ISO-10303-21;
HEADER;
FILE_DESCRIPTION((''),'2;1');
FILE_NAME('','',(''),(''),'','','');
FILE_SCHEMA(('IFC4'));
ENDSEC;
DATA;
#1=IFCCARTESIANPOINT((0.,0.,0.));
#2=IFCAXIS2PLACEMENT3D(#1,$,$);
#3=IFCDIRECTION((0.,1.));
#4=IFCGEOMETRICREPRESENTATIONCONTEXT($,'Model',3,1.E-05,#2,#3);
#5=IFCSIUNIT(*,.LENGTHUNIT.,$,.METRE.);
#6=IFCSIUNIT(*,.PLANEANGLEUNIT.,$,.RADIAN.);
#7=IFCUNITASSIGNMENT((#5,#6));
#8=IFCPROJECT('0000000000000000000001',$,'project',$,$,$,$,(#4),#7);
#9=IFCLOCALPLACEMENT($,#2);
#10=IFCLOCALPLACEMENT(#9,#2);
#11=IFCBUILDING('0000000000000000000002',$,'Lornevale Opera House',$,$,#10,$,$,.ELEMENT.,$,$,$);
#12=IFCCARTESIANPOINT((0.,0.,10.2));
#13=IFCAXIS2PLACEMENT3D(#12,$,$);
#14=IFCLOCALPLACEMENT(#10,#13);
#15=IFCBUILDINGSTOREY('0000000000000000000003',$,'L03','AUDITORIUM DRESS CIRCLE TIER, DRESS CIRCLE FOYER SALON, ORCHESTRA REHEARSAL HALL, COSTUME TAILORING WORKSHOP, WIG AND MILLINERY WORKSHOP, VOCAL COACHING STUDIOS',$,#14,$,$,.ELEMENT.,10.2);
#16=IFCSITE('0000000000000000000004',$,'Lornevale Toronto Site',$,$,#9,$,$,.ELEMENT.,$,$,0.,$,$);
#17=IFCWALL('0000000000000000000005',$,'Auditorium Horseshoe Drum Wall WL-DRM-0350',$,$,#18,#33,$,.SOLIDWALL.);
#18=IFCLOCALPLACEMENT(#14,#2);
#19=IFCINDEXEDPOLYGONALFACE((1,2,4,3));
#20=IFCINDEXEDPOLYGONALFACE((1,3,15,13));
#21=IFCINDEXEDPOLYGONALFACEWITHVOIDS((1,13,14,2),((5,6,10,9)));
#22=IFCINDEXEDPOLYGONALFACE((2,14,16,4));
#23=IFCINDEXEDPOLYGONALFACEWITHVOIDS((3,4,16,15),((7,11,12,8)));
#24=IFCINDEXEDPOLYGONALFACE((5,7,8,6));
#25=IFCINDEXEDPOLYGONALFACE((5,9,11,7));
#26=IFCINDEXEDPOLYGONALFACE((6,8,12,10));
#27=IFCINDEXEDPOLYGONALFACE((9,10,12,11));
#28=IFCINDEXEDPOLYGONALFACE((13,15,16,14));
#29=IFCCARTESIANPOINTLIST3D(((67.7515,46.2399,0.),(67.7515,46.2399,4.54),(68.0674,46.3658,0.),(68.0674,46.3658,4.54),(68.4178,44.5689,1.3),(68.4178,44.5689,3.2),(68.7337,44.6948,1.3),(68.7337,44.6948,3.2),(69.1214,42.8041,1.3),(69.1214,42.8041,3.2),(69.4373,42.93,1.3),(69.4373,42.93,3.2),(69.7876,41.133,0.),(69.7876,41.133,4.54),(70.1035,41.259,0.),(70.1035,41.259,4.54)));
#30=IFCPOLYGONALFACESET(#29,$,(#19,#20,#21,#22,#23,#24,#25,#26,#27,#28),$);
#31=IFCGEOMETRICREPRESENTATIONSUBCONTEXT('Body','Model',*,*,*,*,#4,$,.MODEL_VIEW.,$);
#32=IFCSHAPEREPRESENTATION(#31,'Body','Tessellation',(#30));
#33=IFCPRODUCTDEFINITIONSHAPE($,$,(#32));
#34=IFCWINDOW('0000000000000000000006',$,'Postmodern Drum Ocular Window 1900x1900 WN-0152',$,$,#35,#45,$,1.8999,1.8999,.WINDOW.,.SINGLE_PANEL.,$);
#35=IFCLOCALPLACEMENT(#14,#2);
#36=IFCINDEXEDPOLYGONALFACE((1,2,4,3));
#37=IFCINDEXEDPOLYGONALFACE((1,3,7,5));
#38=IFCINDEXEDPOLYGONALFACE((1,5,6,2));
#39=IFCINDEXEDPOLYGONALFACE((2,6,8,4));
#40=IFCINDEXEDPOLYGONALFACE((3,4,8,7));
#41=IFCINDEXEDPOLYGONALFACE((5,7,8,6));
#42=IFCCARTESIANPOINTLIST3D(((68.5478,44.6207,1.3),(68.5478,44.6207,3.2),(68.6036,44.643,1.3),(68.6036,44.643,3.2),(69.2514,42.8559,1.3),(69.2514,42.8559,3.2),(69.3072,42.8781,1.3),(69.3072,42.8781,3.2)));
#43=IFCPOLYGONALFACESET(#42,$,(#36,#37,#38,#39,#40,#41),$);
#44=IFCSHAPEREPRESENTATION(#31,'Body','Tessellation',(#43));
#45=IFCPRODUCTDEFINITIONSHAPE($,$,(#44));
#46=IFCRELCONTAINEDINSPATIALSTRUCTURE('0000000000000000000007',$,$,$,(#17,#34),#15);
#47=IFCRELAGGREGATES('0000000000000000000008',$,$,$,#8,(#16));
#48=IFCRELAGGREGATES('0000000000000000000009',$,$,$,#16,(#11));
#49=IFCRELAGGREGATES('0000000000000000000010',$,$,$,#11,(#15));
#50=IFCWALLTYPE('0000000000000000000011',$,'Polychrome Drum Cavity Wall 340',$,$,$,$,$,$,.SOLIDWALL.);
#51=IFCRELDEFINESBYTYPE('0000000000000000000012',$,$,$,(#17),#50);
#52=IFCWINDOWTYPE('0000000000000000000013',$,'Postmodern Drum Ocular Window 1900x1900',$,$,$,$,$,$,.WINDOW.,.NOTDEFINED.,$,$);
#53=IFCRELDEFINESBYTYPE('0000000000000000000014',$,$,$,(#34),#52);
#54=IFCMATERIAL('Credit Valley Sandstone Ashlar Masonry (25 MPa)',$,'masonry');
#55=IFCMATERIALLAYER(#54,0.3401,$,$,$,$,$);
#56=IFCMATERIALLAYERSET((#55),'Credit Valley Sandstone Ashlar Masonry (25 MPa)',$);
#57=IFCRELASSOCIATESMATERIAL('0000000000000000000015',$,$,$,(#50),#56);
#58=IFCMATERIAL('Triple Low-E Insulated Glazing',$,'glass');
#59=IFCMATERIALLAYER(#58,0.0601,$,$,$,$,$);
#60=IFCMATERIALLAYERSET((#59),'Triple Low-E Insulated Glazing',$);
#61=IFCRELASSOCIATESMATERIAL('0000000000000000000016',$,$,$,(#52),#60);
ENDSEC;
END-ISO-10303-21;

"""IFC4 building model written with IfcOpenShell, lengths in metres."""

from ifc_helpers import new_model, si_unit, direction, frame, frame_2d, origin, place, context, subcontext, project, spatial, rectangle, extrude, material, layer, layer_set, type_object, element, fill, save


model = new_model("IFC4")

# Units and contexts
model_context = context("Model", 3, precision=1e-05, world=origin(), true_north=direction((0.0, 1.0)))
body_context = subcontext(model_context, "Body", "Model", "MODEL_VIEW")
ifc_project = project(units=[si_unit("LENGTHUNIT", "METRE"), si_unit("PLANEANGLEUNIT", "RADIAN")], contexts=[model_context])

# Site, building, storey
site_placement = place(None, origin())
site = spatial("IfcSite", under=ifc_project, at=site_placement, Name="Lornevale Toronto Site", CompositionType="ELEMENT", RefElevation=0.0)
building_placement = place(site_placement, origin())
building = spatial("IfcBuilding", under=site, at=building_placement, Name="Lornevale Opera House", CompositionType="ELEMENT")
storey_placement = place(building_placement, frame((0.0, 0.0, 10.2)))
storey = spatial("IfcBuildingStorey", under=building, at=storey_placement, Name="L03", Description="AUDITORIUM DRESS CIRCLE TIER, DRESS CIRCLE FOYER SALON, ORCHESTRA REHEARSAL HALL, COSTUME TAILORING WORKSHOP, WIG AND MILLINERY WORKSHOP, VOCAL COACHING STUDIOS", CompositionType="ELEMENT", Elevation=10.2)

# Shared definitions
ifc_material_1 = material(Name="Credit Valley Sandstone Ashlar Masonry (25 MPa)", Category="masonry")
ifc_layer_1 = layer(ifc_material_1, 0.3401)
ifc_layer_set_1 = layer_set([ifc_layer_1], Name="Credit Valley Sandstone Ashlar Masonry (25 MPa)")
wall_type = type_object("IfcWallType", Name="Polychrome Drum Cavity Wall 340", PredefinedType="SOLIDWALL", material=ifc_layer_set_1)

# Wall, opening, window
wall_1_placement = place(storey_placement, frame((67.9094, 46.303, 0.0), z_axis=(0.0, 0.0, 1.0), x_axis=(0.370349, -0.928893, 0.0)))
wall_1 = element("IfcWall", 1, at=wall_1_placement, inside=storey, type_object=wall_type, Name="Auditorium Horseshoe Drum Wall WL-DRM-0350", PredefinedType="SOLIDWALL", context=body_context, shape_type="SweptSolid", body=[
    extrude(rectangle(XDim=5.4978, YDim=0.3401, at=frame_2d((2.749, 0.0))), origin(), (0.0, 0.0, 1.0), 4.54),
])
opening_placement = place(wall_1_placement, frame((1.7991, 0.0, 1.3)))
opening = element("IfcOpeningElement", 2, at=opening_placement, cuts=wall_1, PredefinedType="OPENING", context=body_context, shape_type="SweptSolid", body=[
    extrude(rectangle(XDim=1.8999, YDim=1.8999, at=frame_2d((0.95, 0.95))), frame((0.0, 0.1799, 0.0), z_axis=(0.0, -1.0, 0.0), x_axis=(1.0, 0.0, 0.0)), (0.0, 0.0, 1.0), 0.3601),
])
ifc_material_2 = material(Name="Triple Low-E Insulated Glazing", Category="glass")
ifc_layer_2 = layer(ifc_material_2, 0.0601)
ifc_layer_set_2 = layer_set([ifc_layer_2], Name="Triple Low-E Insulated Glazing")
window_type = type_object("IfcWindowType", Name="Postmodern Drum Ocular Window 1900x1900", PartitioningType="NOTDEFINED", PredefinedType="WINDOW", material=ifc_layer_set_2)
window_placement = place(opening_placement, origin())
window = element("IfcWindow", 3, at=window_placement, inside=storey, type_object=window_type, Name="Postmodern Drum Ocular Window 1900x1900 WN-0152", OverallHeight=1.8999, OverallWidth=1.8999, PartitioningType="SINGLE_PANEL", PredefinedType="WINDOW", context=body_context, shape_type="SweptSolid", body=[
    extrude(rectangle(XDim=1.8999, YDim=1.8999, at=frame_2d((0.95, 0.95))), frame((0.0, 0.03, 0.0), z_axis=(0.0, -1.0, 0.0), x_axis=(1.0, 0.0, 0.0)), (0.0, 0.0, 1.0), 0.0601),
])
fill(opening, window)

save(model, "model.ifc")
